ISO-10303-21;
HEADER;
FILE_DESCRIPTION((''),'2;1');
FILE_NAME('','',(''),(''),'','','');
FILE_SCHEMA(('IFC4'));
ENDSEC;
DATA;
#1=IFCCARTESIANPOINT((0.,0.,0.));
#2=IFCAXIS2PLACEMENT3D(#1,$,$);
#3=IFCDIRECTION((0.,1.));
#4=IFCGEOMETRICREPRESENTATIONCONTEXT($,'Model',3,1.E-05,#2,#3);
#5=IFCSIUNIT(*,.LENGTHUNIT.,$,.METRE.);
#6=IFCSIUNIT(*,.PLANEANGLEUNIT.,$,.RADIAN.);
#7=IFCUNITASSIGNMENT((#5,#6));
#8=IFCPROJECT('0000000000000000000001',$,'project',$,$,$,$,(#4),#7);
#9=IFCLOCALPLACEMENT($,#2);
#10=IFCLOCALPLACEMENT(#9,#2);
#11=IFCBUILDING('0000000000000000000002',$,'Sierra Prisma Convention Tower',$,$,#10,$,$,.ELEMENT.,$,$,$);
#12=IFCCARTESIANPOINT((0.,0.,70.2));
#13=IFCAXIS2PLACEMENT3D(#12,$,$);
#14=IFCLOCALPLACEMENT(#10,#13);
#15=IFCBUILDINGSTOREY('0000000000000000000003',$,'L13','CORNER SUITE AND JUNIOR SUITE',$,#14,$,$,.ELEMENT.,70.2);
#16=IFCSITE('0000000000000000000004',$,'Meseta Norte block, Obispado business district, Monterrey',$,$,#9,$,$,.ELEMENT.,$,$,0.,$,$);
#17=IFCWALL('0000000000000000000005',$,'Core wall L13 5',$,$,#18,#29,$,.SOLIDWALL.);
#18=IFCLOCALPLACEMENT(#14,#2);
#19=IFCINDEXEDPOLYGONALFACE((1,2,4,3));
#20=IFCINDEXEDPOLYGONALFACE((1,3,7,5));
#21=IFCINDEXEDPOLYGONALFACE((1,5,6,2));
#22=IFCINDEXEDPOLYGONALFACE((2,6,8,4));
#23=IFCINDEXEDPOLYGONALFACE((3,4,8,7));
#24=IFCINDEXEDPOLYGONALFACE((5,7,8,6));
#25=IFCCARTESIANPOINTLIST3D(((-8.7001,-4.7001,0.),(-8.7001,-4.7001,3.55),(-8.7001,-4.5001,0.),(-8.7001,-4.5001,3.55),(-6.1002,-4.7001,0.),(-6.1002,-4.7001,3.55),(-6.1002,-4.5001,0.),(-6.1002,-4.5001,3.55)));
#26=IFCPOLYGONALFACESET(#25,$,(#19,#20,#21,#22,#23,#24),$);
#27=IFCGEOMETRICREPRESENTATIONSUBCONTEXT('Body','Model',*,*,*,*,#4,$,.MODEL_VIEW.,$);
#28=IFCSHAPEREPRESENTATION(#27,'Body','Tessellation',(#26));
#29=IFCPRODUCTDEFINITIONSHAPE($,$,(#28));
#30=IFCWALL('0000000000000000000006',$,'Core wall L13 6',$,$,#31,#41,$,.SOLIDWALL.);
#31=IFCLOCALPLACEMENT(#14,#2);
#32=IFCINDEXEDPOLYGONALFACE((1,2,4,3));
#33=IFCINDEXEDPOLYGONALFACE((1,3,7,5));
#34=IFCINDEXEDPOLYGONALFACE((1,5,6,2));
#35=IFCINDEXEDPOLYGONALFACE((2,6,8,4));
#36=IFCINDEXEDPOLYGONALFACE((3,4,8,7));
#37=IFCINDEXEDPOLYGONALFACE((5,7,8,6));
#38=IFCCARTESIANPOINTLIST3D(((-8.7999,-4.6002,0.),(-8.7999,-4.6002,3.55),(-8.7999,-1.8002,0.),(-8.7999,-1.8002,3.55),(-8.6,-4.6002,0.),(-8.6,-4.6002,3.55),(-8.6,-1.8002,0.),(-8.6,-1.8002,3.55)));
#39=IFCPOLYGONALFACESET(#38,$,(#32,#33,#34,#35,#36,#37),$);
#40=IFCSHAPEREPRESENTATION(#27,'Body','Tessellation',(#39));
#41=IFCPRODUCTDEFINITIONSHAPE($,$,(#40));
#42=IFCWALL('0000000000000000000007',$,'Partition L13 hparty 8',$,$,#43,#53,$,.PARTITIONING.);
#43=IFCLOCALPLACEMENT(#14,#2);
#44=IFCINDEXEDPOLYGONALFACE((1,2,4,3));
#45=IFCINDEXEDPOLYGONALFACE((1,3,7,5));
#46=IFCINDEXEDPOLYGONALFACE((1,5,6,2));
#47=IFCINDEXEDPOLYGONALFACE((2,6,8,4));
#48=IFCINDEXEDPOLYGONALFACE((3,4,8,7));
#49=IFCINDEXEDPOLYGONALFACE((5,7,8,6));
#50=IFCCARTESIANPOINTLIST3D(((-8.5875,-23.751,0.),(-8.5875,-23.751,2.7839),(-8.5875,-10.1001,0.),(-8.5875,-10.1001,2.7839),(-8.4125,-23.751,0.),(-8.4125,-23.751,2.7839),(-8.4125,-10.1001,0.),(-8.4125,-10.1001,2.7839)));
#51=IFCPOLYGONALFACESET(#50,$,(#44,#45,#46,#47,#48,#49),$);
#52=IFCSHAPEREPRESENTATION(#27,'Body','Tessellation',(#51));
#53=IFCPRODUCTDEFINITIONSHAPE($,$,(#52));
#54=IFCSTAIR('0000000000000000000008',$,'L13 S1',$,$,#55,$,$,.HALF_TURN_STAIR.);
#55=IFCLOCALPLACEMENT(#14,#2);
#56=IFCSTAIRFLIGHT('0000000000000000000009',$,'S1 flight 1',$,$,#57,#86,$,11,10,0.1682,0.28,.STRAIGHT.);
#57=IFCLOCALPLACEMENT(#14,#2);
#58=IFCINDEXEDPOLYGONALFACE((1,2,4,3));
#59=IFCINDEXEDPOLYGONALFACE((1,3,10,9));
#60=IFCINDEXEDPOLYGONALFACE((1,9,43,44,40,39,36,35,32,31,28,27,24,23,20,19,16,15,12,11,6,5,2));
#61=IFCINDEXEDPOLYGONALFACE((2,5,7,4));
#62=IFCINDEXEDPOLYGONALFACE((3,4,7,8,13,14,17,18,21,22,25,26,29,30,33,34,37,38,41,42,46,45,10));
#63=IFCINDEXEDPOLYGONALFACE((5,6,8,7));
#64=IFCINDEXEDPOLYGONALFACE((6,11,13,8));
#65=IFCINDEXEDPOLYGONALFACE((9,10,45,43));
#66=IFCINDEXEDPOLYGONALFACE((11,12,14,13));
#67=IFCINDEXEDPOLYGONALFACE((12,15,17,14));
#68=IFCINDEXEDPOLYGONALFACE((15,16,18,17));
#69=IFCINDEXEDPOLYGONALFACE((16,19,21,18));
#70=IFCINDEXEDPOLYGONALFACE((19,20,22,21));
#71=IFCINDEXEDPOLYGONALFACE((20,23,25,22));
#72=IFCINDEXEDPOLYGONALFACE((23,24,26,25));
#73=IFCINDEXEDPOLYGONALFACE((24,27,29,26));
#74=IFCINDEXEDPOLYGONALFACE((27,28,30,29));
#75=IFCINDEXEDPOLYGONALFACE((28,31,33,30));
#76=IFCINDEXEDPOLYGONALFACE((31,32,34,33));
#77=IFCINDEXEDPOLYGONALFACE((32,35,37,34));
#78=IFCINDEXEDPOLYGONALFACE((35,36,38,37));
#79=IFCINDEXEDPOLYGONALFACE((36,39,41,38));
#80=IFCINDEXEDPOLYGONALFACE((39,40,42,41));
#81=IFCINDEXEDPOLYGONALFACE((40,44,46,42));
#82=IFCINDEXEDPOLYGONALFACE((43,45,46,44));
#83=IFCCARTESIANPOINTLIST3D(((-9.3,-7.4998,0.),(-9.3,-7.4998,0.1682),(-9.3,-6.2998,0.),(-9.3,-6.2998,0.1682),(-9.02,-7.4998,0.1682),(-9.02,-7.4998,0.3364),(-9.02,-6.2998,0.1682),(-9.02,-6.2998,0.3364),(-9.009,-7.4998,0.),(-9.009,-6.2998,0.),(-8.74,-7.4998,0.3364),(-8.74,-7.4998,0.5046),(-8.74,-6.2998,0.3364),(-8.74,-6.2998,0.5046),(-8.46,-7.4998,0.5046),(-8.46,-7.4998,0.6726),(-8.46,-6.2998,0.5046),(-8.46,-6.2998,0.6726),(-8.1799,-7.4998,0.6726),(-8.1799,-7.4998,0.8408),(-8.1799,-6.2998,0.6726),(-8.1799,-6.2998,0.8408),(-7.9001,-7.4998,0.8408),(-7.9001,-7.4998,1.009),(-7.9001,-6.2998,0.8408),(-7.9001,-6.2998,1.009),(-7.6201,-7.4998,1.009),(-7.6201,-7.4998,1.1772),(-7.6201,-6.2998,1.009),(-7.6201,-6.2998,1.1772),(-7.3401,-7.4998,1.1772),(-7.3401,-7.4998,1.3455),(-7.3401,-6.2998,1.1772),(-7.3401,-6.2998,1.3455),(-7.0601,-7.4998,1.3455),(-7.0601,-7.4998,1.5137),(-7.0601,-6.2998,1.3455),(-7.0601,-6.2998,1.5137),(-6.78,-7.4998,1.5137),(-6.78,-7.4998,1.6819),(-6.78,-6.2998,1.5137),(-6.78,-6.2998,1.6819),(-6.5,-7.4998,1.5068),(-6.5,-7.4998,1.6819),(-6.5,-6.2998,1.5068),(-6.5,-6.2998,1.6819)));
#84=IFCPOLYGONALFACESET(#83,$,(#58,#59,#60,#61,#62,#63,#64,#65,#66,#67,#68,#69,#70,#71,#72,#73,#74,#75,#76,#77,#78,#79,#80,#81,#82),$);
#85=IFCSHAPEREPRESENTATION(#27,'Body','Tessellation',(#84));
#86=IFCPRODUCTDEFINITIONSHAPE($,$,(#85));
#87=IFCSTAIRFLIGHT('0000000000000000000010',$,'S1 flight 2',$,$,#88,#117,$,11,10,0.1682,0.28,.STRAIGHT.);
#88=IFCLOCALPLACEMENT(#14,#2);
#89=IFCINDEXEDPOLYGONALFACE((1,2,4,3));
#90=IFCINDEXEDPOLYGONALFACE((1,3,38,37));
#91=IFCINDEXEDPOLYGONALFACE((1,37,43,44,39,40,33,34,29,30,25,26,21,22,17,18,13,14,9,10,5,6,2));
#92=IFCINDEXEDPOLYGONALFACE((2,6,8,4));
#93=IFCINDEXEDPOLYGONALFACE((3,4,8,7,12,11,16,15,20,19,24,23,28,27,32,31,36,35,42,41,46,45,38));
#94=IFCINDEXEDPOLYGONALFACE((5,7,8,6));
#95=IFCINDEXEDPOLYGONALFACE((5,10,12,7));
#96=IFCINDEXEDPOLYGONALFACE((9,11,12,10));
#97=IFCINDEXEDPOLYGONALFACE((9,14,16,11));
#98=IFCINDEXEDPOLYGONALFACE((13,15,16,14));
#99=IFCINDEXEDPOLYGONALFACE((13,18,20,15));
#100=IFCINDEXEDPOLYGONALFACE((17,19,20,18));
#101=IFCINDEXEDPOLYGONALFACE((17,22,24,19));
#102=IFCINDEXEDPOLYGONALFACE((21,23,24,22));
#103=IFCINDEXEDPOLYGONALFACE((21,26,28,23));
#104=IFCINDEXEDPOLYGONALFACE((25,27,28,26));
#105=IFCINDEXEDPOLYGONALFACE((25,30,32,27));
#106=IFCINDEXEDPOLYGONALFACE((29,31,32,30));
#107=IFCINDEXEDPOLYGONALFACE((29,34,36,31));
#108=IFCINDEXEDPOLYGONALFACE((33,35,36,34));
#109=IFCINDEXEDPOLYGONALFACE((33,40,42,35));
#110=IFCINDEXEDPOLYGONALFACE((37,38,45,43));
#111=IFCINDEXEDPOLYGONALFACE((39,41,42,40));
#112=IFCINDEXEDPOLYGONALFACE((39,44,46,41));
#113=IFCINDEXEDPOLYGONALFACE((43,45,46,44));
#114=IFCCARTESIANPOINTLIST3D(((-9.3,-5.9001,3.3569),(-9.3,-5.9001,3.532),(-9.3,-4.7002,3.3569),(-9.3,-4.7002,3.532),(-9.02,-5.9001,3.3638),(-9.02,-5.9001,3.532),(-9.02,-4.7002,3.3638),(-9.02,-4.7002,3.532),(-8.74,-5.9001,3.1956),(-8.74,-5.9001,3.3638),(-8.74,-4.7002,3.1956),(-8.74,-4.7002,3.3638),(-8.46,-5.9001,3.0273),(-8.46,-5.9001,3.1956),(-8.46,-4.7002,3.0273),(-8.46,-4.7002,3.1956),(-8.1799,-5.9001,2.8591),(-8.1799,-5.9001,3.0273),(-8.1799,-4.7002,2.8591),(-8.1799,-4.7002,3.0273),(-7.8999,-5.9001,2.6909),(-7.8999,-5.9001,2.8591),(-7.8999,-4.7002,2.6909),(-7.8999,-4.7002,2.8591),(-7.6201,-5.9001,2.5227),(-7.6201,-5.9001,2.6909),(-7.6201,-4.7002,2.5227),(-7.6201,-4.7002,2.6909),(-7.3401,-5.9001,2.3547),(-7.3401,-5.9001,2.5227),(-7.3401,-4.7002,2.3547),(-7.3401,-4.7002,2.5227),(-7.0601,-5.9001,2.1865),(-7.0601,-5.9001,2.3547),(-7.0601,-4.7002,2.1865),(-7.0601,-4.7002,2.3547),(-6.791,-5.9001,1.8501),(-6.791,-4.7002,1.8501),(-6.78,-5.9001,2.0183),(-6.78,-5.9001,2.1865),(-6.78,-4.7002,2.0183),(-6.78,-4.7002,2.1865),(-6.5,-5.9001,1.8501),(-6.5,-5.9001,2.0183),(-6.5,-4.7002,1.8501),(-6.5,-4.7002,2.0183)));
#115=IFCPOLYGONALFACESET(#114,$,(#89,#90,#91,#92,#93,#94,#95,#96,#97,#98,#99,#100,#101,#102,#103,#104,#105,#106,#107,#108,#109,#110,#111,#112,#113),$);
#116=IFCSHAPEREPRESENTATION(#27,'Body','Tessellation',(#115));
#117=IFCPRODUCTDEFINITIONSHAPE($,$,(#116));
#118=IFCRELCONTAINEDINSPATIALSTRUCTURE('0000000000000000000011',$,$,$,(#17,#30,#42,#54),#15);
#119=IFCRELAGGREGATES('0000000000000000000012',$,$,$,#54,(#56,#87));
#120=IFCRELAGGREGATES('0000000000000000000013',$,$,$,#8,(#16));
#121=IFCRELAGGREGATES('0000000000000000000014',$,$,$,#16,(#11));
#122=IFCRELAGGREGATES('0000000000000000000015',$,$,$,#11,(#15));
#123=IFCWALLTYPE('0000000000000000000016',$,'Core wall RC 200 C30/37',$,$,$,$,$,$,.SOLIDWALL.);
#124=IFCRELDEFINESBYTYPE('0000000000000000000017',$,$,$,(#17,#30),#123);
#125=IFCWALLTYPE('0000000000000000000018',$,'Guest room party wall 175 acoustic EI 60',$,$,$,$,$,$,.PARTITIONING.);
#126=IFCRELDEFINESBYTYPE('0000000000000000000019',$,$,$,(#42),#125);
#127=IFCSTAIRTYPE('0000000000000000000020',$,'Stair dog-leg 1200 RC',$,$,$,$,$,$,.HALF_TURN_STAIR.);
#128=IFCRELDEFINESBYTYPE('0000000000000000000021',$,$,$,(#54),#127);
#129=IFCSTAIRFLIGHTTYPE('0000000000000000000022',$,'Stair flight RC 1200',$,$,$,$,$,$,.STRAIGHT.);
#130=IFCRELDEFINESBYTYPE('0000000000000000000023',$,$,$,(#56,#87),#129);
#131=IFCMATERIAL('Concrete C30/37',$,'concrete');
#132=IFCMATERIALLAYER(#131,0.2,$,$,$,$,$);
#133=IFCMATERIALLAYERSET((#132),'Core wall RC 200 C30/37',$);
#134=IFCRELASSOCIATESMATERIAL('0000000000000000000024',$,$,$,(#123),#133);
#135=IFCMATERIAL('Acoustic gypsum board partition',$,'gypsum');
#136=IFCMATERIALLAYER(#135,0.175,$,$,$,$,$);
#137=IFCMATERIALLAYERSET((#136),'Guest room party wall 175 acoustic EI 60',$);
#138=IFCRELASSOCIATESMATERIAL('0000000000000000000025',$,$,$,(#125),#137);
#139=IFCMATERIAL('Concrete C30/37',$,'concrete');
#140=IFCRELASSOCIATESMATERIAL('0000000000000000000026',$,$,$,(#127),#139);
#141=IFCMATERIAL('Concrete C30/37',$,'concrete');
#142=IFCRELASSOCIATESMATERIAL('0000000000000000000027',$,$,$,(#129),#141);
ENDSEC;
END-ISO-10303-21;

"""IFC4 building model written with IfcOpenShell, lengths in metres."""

from ifc_helpers import new_model, si_unit, direction, frame, frame_2d, origin, place, context, subcontext, project, spatial, polyline, rectangle, outline, extrude, material, layer, layer_set, type_object, element, aggregate, save


model = new_model("IFC4")

# Units and contexts
model_context = context("Model", 3, precision=1e-05, world=origin(), true_north=direction((0.0, 1.0)))
body_context = subcontext(model_context, "Body", "Model", "MODEL_VIEW")
ifc_project = project(units=[si_unit("LENGTHUNIT", "METRE"), si_unit("PLANEANGLEUNIT", "RADIAN")], contexts=[model_context])

# Site, building, storey
site_placement = place(None, origin())
site = spatial("IfcSite", under=ifc_project, at=site_placement, Name="Meseta Norte block, Obispado business district, Monterrey", CompositionType="ELEMENT", RefElevation=0.0)
building_placement = place(site_placement, origin())
building = spatial("IfcBuilding", under=site, at=building_placement, Name="Sierra Prisma Convention Tower", CompositionType="ELEMENT")
storey_placement = place(building_placement, frame((0.0, 0.0, 70.2)))
storey = spatial("IfcBuildingStorey", under=building, at=storey_placement, Name="L13", Description="CORNER SUITE AND JUNIOR SUITE", CompositionType="ELEMENT", Elevation=70.2)

# Walls
ifc_material_1 = material(Name="Concrete C30/37", Category="concrete")
ifc_layer_1 = layer(ifc_material_1, 0.2)
ifc_layer_set_1 = layer_set([ifc_layer_1], Name="Core wall RC 200 C30/37")
wall_type_1 = type_object("IfcWallType", Name="Core wall RC 200 C30/37", PredefinedType="SOLIDWALL", material=ifc_layer_set_1)
wall_1_placement = place(storey_placement, frame((-8.7, -4.6001, 0.0), z_axis=(0.0, 0.0, 1.0), x_axis=(1.0, 0.0, 0.0)))
element("IfcWall", 1, at=wall_1_placement, inside=storey, type_object=wall_type_1, Name="Core wall L13 5", PredefinedType="SOLIDWALL", context=body_context, shape_type="SweptSolid", body=[
    extrude(rectangle(XDim=2.5999, YDim=0.2, at=frame_2d((1.2998, 0.0))), origin(), (0.0, 0.0, 1.0), 3.55),
])
wall_2_placement = place(storey_placement, frame((-8.7, -4.6001, 0.0), z_axis=(0.0, 0.0, 1.0), x_axis=(0.0, 1.0, 0.0)))
element("IfcWall", 2, at=wall_2_placement, inside=storey, type_object=wall_type_1, Name="Core wall L13 6", PredefinedType="SOLIDWALL", context=body_context, shape_type="SweptSolid", body=[
    extrude(rectangle(XDim=2.8, YDim=0.2, at=frame_2d((1.3999, 0.0))), origin(), (0.0, 0.0, 1.0), 3.55),
])

# Wall
ifc_material_2 = material(Name="Acoustic gypsum board partition", Category="gypsum")
ifc_layer_2 = layer(ifc_material_2, 0.175)
ifc_layer_set_2 = layer_set([ifc_layer_2], Name="Guest room party wall 175 acoustic EI 60")
wall_type_2 = type_object("IfcWallType", Name="Guest room party wall 175 acoustic EI 60", PredefinedType="PARTITIONING", material=ifc_layer_set_2)
wall_3_placement = place(storey_placement, frame((-8.5, -10.1001, 0.0), z_axis=(0.0, 0.0, 1.0), x_axis=(0.0, -1.0, 0.0)))
element("IfcWall", 3, at=wall_3_placement, inside=storey, type_object=wall_type_2, Name="Partition L13 hparty 8", PredefinedType="PARTITIONING", context=body_context, shape_type="SweptSolid", body=[
    extrude(rectangle(XDim=13.6509, YDim=0.175, at=frame_2d((6.8254, 0.0))), origin(), (0.0, 0.0, 1.0), 2.7839),
])

# Stair, stair flights
ifc_material_3 = material(Name="Concrete C30/37", Category="concrete")
stair_type = type_object("IfcStairType", Name="Stair dog-leg 1200 RC", PredefinedType="HALF_TURN_STAIR", material=ifc_material_3)
stair_placement = place(storey_placement, origin())
stair = element("IfcStair", 4, at=stair_placement, inside=storey, type_object=stair_type, Name="L13 S1", PredefinedType="HALF_TURN_STAIR")
ifc_material_4 = material(Name="Concrete C30/37", Category="concrete")
stair_flight_type = type_object("IfcStairFlightType", Name="Stair flight RC 1200", PredefinedType="STRAIGHT", material=ifc_material_4)
stair_flight_1_placement = place(storey_placement, frame((-9.3, -6.8999, 0.0), z_axis=(0.0, 0.0, 1.0), x_axis=(1.0, 0.0, 0.0)))
stair_flight_1 = element("IfcStairFlight", 5, at=stair_flight_1_placement, type_object=stair_flight_type, Name="S1 flight 1", NumberOfRisers=11, NumberOfTreads=10, PredefinedType="STRAIGHT", RiserHeight=0.1682, TreadLength=0.28, context=body_context, shape_type="SweptSolid", body=[
    extrude(outline(polyline([(0.0, 0.0), (0.0, 0.1682), (0.28, 0.1682), (0.28, 0.3364), (0.5601, 0.3364), (0.5601, 0.5046), (0.8401, 0.5046), (0.8401, 0.6726), (1.1201, 0.6726), (1.1201, 0.8408), (1.3999, 0.8408), (1.3999, 1.009), (1.6799, 1.009), (1.6799, 1.1772), (1.96, 1.1772), (1.96, 1.3455), (2.24, 1.3455), (2.24, 1.5137), (2.52, 1.5137), (2.52, 1.6819), (2.8, 1.6819), (2.8, 1.8501), (2.8, 1.5068), (0.291, 0.0), (0.0, 0.0)])), frame((0.0, 0.6001, 0.0), z_axis=(0.0, -1.0, 0.0), x_axis=(1.0, 0.0, 0.0)), (0.0, 0.0, 1.0), 1.2),
])
stair_flight_2_placement = place(storey_placement, frame((-6.5, -5.3, 1.8501), z_axis=(0.0, 0.0, 1.0), x_axis=(-1.0, 0.0, 0.0)))
stair_flight_2 = element("IfcStairFlight", 6, at=stair_flight_2_placement, type_object=stair_flight_type, Name="S1 flight 2", NumberOfRisers=11, NumberOfTreads=10, PredefinedType="STRAIGHT", RiserHeight=0.1682, TreadLength=0.28, context=body_context, shape_type="SweptSolid", body=[
    extrude(outline(polyline([(0.0, 0.0), (0.0, 0.1682), (0.28, 0.1682), (0.28, 0.3364), (0.5601, 0.3364), (0.5601, 0.5046), (0.8401, 0.5046), (0.8401, 0.6726), (1.1201, 0.6726), (1.1201, 0.8408), (1.3999, 0.8408), (1.3999, 1.009), (1.6799, 1.009), (1.6799, 1.1772), (1.96, 1.1772), (1.96, 1.3455), (2.24, 1.3455), (2.24, 1.5137), (2.52, 1.5137), (2.52, 1.6819), (2.8, 1.6819), (2.8, 1.8501), (2.8, 1.5068), (0.291, 0.0), (0.0, 0.0)])), frame((0.0, 0.6001, 0.0), z_axis=(0.0, -1.0, 0.0), x_axis=(1.0, 0.0, 0.0)), (0.0, 0.0, 1.0), 1.2),
])
aggregate(stair, [stair_flight_1, stair_flight_2])

save(model, "model.ifc")
